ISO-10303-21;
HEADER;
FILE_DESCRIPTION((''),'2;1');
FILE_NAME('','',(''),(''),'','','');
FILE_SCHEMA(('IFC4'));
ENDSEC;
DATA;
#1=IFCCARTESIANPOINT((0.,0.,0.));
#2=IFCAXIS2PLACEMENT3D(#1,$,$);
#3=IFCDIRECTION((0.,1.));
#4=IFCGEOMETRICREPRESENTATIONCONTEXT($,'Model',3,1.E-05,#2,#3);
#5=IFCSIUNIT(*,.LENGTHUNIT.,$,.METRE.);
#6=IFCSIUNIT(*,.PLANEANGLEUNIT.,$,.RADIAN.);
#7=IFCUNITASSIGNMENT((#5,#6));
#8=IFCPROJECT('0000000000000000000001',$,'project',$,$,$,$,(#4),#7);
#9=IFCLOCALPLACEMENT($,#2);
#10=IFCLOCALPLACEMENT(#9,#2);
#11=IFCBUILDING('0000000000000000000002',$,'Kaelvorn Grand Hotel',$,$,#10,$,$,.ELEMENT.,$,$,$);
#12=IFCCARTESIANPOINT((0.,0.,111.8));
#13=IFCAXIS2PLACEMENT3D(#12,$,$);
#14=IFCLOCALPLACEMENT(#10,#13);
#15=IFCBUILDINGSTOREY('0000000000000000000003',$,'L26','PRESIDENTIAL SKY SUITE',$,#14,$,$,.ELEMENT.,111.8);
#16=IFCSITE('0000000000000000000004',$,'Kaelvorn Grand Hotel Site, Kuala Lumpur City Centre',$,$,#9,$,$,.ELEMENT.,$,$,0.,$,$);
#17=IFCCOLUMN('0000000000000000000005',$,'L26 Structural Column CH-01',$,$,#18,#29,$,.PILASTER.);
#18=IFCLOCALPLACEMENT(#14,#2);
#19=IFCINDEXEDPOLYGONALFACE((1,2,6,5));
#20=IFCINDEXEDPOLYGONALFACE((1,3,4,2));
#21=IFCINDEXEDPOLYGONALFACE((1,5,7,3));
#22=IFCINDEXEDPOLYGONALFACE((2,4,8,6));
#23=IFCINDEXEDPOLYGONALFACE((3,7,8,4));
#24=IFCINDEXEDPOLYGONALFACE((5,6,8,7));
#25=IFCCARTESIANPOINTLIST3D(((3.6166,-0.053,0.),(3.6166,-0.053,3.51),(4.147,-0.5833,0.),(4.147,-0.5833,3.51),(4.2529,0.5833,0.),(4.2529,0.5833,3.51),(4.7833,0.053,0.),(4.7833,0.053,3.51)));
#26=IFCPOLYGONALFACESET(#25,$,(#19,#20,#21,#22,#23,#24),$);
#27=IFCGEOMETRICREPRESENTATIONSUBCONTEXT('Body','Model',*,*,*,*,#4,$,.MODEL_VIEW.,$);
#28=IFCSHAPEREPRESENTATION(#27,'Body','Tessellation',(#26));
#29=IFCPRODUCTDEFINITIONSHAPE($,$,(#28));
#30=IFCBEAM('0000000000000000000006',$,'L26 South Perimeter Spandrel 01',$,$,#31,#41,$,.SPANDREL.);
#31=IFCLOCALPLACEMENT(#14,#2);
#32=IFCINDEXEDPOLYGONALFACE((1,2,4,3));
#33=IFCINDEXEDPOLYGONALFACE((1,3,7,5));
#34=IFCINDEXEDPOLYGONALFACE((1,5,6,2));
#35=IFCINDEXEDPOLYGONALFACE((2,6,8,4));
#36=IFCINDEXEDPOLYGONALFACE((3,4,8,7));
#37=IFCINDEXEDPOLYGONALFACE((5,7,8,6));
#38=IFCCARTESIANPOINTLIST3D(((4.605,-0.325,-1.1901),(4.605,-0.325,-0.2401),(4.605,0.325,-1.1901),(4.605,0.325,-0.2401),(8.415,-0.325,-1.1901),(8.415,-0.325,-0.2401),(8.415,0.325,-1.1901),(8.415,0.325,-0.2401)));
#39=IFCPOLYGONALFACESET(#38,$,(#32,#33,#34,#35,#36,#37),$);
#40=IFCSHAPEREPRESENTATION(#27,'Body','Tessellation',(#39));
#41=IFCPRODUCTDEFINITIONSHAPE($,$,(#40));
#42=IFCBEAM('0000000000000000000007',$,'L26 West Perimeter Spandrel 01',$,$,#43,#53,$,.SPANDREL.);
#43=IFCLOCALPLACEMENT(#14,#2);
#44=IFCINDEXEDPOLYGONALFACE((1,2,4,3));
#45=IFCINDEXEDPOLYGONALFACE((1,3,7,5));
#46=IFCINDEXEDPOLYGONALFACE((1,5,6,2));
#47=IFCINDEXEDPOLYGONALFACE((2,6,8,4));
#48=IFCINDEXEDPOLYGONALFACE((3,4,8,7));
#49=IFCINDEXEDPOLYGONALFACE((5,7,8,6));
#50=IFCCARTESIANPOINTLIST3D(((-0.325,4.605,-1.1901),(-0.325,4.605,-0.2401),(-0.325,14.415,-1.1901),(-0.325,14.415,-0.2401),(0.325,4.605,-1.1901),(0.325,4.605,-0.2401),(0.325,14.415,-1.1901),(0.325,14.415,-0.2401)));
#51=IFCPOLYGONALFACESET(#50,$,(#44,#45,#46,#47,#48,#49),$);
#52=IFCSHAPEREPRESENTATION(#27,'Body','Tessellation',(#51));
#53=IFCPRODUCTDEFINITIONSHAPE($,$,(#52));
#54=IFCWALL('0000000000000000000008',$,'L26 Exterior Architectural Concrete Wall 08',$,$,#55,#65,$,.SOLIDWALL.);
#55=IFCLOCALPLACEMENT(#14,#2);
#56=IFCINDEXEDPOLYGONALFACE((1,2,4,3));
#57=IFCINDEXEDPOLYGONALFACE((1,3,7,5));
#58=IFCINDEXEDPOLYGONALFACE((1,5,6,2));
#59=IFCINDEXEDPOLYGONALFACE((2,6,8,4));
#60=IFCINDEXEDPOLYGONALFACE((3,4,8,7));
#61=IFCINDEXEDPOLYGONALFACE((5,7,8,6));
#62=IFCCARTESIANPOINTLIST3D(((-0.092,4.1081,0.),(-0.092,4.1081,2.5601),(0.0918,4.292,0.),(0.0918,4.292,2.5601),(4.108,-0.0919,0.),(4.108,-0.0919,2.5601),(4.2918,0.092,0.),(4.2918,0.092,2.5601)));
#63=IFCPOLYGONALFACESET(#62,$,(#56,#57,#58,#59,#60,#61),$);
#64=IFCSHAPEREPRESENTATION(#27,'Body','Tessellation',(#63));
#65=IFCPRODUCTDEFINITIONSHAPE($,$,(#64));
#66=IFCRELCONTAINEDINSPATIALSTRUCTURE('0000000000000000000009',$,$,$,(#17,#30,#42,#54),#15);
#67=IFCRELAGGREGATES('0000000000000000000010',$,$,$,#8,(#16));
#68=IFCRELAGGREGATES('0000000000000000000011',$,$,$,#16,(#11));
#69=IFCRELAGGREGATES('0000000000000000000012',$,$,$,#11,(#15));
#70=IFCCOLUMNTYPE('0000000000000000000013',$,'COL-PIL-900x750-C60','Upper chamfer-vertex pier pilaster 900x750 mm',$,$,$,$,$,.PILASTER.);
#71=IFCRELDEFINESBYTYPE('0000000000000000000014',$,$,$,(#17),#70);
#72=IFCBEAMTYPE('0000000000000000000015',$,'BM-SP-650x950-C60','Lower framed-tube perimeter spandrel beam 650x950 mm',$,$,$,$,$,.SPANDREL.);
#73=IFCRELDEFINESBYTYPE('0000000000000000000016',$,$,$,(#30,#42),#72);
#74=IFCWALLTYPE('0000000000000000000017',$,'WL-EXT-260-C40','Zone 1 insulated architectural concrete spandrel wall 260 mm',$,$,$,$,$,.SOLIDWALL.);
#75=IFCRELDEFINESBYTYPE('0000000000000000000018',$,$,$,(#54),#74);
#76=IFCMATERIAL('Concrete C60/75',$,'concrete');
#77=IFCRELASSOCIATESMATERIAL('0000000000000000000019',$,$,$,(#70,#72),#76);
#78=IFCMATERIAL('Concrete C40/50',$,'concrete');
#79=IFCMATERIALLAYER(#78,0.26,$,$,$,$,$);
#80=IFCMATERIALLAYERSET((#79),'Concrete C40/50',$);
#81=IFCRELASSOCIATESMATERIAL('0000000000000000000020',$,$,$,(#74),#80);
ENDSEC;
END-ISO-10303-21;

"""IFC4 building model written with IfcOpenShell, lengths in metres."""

from ifc_helpers import new_model, si_unit, direction, frame, frame_2d, origin, origin_2d, place, context, subcontext, project, spatial, rectangle, extrude, material, layer, layer_set, material_profile, profile_set, type_object, element, save


model = new_model("IFC4")

# Units and contexts
model_context = context("Model", 3, precision=1e-05, world=origin(), true_north=direction((0.0, 1.0)))
body_context = subcontext(model_context, "Body", "Model", "MODEL_VIEW")
ifc_project = project(units=[si_unit("LENGTHUNIT", "METRE"), si_unit("PLANEANGLEUNIT", "RADIAN")], contexts=[model_context])

# Site, building, storey
site_placement = place(None, origin())
site = spatial("IfcSite", under=ifc_project, at=site_placement, Name="Kaelvorn Grand Hotel Site, Kuala Lumpur City Centre", CompositionType="ELEMENT", RefElevation=0.0)
building_placement = place(site_placement, origin())
building = spatial("IfcBuilding", under=site, at=building_placement, Name="Kaelvorn Grand Hotel", CompositionType="ELEMENT")
storey_placement = place(building_placement, frame((0.0, 0.0, 111.8)))
storey = spatial("IfcBuildingStorey", under=building, at=storey_placement, Name="L26", Description="PRESIDENTIAL SKY SUITE", CompositionType="ELEMENT", Elevation=111.8)

# Column
ifc_material_1 = material(Name="Concrete C60/75", Category="concrete")
ifc_material_profile_1 = material_profile(ifc_material_1, rectangle(XDim=0.8999, YDim=0.75, at=origin_2d()), Name="RC PILASTER 900x750")
ifc_profile_set_1 = profile_set([ifc_material_profile_1], Name="Concrete C60/75")
column_type = type_object("IfcColumnType", Name="COL-PIL-900x750-C60", Description="Upper chamfer-vertex pier pilaster 900x750 mm", PredefinedType="PILASTER", material=ifc_profile_set_1)
column_placement = place(storey_placement, frame((4.2, 0.0, 0.0), z_axis=(0.0, 0.0, 1.0), x_axis=(0.707107, 0.707107, 0.0)))
element("IfcColumn", 1, at=column_placement, inside=storey, type_object=column_type, Name="L26 Structural Column CH-01", PredefinedType="PILASTER", context=body_context, shape_type="SweptSolid", body=[
    extrude(rectangle(XDim=0.8999, YDim=0.75, at=origin_2d()), origin(), (0.0, 0.0, 1.0), 3.51),
])

# Beams
ifc_material_profile_2 = material_profile(ifc_material_1, rectangle(XDim=0.6499, YDim=0.95, at=origin_2d()), Name="RC SPANDREL 650x950")
ifc_profile_set_2 = profile_set([ifc_material_profile_2], Name="Concrete C60/75")
beam_type = type_object("IfcBeamType", Name="BM-SP-650x950-C60", Description="Lower framed-tube perimeter spandrel beam 650x950 mm", PredefinedType="SPANDREL", material=ifc_profile_set_2)
beam_1_placement = place(storey_placement, frame((4.605, 0.0, -0.7151), z_axis=(1.0, 0.0, 0.0), x_axis=(0.0, 1.0, 0.0)))
element("IfcBeam", 2, at=beam_1_placement, inside=storey, type_object=beam_type, Name="L26 South Perimeter Spandrel 01", PredefinedType="SPANDREL", context=body_context, shape_type="SweptSolid", body=[
    extrude(rectangle(XDim=0.6499, YDim=0.95, at=origin_2d()), origin(), (0.0, 0.0, 1.0), 3.8101),
])
beam_2_placement = place(storey_placement, frame((0.0, 4.605, -0.7151), z_axis=(0.0, 1.0, 0.0), x_axis=(-1.0, 0.0, 0.0)))
element("IfcBeam", 3, at=beam_2_placement, inside=storey, type_object=beam_type, Name="L26 West Perimeter Spandrel 01", PredefinedType="SPANDREL", context=body_context, shape_type="SweptSolid", body=[
    extrude(rectangle(XDim=0.6499, YDim=0.95, at=origin_2d()), origin(), (0.0, 0.0, 1.0), 9.8101),
])

# Shared definitions
ifc_material_2 = material(Name="Concrete C40/50", Category="concrete")
ifc_layer = layer(ifc_material_2, 0.26)
ifc_layer_set = layer_set([ifc_layer], Name="Concrete C40/50")
wall_type = type_object("IfcWallType", Name="WL-EXT-260-C40", Description="Zone 1 insulated architectural concrete spandrel wall 260 mm", PredefinedType="SOLIDWALL", material=ifc_layer_set)

# Wall
wall_1_placement = place(storey_placement, frame((0.0, 4.2, 0.0), z_axis=(0.0, 0.0, 1.0), x_axis=(0.707107, -0.707107, 0.0)))
element("IfcWall", 4, at=wall_1_placement, inside=storey, type_object=wall_type, Name="L26 Exterior Architectural Concrete Wall 08", PredefinedType="SOLIDWALL", context=body_context, shape_type="SweptSolid", body=[
    extrude(rectangle(XDim=5.9397, YDim=0.26, at=frame_2d((2.9697, 0.0))), origin(), (0.0, 0.0, 1.0), 2.5601),
])

save(model, "model.ifc")
